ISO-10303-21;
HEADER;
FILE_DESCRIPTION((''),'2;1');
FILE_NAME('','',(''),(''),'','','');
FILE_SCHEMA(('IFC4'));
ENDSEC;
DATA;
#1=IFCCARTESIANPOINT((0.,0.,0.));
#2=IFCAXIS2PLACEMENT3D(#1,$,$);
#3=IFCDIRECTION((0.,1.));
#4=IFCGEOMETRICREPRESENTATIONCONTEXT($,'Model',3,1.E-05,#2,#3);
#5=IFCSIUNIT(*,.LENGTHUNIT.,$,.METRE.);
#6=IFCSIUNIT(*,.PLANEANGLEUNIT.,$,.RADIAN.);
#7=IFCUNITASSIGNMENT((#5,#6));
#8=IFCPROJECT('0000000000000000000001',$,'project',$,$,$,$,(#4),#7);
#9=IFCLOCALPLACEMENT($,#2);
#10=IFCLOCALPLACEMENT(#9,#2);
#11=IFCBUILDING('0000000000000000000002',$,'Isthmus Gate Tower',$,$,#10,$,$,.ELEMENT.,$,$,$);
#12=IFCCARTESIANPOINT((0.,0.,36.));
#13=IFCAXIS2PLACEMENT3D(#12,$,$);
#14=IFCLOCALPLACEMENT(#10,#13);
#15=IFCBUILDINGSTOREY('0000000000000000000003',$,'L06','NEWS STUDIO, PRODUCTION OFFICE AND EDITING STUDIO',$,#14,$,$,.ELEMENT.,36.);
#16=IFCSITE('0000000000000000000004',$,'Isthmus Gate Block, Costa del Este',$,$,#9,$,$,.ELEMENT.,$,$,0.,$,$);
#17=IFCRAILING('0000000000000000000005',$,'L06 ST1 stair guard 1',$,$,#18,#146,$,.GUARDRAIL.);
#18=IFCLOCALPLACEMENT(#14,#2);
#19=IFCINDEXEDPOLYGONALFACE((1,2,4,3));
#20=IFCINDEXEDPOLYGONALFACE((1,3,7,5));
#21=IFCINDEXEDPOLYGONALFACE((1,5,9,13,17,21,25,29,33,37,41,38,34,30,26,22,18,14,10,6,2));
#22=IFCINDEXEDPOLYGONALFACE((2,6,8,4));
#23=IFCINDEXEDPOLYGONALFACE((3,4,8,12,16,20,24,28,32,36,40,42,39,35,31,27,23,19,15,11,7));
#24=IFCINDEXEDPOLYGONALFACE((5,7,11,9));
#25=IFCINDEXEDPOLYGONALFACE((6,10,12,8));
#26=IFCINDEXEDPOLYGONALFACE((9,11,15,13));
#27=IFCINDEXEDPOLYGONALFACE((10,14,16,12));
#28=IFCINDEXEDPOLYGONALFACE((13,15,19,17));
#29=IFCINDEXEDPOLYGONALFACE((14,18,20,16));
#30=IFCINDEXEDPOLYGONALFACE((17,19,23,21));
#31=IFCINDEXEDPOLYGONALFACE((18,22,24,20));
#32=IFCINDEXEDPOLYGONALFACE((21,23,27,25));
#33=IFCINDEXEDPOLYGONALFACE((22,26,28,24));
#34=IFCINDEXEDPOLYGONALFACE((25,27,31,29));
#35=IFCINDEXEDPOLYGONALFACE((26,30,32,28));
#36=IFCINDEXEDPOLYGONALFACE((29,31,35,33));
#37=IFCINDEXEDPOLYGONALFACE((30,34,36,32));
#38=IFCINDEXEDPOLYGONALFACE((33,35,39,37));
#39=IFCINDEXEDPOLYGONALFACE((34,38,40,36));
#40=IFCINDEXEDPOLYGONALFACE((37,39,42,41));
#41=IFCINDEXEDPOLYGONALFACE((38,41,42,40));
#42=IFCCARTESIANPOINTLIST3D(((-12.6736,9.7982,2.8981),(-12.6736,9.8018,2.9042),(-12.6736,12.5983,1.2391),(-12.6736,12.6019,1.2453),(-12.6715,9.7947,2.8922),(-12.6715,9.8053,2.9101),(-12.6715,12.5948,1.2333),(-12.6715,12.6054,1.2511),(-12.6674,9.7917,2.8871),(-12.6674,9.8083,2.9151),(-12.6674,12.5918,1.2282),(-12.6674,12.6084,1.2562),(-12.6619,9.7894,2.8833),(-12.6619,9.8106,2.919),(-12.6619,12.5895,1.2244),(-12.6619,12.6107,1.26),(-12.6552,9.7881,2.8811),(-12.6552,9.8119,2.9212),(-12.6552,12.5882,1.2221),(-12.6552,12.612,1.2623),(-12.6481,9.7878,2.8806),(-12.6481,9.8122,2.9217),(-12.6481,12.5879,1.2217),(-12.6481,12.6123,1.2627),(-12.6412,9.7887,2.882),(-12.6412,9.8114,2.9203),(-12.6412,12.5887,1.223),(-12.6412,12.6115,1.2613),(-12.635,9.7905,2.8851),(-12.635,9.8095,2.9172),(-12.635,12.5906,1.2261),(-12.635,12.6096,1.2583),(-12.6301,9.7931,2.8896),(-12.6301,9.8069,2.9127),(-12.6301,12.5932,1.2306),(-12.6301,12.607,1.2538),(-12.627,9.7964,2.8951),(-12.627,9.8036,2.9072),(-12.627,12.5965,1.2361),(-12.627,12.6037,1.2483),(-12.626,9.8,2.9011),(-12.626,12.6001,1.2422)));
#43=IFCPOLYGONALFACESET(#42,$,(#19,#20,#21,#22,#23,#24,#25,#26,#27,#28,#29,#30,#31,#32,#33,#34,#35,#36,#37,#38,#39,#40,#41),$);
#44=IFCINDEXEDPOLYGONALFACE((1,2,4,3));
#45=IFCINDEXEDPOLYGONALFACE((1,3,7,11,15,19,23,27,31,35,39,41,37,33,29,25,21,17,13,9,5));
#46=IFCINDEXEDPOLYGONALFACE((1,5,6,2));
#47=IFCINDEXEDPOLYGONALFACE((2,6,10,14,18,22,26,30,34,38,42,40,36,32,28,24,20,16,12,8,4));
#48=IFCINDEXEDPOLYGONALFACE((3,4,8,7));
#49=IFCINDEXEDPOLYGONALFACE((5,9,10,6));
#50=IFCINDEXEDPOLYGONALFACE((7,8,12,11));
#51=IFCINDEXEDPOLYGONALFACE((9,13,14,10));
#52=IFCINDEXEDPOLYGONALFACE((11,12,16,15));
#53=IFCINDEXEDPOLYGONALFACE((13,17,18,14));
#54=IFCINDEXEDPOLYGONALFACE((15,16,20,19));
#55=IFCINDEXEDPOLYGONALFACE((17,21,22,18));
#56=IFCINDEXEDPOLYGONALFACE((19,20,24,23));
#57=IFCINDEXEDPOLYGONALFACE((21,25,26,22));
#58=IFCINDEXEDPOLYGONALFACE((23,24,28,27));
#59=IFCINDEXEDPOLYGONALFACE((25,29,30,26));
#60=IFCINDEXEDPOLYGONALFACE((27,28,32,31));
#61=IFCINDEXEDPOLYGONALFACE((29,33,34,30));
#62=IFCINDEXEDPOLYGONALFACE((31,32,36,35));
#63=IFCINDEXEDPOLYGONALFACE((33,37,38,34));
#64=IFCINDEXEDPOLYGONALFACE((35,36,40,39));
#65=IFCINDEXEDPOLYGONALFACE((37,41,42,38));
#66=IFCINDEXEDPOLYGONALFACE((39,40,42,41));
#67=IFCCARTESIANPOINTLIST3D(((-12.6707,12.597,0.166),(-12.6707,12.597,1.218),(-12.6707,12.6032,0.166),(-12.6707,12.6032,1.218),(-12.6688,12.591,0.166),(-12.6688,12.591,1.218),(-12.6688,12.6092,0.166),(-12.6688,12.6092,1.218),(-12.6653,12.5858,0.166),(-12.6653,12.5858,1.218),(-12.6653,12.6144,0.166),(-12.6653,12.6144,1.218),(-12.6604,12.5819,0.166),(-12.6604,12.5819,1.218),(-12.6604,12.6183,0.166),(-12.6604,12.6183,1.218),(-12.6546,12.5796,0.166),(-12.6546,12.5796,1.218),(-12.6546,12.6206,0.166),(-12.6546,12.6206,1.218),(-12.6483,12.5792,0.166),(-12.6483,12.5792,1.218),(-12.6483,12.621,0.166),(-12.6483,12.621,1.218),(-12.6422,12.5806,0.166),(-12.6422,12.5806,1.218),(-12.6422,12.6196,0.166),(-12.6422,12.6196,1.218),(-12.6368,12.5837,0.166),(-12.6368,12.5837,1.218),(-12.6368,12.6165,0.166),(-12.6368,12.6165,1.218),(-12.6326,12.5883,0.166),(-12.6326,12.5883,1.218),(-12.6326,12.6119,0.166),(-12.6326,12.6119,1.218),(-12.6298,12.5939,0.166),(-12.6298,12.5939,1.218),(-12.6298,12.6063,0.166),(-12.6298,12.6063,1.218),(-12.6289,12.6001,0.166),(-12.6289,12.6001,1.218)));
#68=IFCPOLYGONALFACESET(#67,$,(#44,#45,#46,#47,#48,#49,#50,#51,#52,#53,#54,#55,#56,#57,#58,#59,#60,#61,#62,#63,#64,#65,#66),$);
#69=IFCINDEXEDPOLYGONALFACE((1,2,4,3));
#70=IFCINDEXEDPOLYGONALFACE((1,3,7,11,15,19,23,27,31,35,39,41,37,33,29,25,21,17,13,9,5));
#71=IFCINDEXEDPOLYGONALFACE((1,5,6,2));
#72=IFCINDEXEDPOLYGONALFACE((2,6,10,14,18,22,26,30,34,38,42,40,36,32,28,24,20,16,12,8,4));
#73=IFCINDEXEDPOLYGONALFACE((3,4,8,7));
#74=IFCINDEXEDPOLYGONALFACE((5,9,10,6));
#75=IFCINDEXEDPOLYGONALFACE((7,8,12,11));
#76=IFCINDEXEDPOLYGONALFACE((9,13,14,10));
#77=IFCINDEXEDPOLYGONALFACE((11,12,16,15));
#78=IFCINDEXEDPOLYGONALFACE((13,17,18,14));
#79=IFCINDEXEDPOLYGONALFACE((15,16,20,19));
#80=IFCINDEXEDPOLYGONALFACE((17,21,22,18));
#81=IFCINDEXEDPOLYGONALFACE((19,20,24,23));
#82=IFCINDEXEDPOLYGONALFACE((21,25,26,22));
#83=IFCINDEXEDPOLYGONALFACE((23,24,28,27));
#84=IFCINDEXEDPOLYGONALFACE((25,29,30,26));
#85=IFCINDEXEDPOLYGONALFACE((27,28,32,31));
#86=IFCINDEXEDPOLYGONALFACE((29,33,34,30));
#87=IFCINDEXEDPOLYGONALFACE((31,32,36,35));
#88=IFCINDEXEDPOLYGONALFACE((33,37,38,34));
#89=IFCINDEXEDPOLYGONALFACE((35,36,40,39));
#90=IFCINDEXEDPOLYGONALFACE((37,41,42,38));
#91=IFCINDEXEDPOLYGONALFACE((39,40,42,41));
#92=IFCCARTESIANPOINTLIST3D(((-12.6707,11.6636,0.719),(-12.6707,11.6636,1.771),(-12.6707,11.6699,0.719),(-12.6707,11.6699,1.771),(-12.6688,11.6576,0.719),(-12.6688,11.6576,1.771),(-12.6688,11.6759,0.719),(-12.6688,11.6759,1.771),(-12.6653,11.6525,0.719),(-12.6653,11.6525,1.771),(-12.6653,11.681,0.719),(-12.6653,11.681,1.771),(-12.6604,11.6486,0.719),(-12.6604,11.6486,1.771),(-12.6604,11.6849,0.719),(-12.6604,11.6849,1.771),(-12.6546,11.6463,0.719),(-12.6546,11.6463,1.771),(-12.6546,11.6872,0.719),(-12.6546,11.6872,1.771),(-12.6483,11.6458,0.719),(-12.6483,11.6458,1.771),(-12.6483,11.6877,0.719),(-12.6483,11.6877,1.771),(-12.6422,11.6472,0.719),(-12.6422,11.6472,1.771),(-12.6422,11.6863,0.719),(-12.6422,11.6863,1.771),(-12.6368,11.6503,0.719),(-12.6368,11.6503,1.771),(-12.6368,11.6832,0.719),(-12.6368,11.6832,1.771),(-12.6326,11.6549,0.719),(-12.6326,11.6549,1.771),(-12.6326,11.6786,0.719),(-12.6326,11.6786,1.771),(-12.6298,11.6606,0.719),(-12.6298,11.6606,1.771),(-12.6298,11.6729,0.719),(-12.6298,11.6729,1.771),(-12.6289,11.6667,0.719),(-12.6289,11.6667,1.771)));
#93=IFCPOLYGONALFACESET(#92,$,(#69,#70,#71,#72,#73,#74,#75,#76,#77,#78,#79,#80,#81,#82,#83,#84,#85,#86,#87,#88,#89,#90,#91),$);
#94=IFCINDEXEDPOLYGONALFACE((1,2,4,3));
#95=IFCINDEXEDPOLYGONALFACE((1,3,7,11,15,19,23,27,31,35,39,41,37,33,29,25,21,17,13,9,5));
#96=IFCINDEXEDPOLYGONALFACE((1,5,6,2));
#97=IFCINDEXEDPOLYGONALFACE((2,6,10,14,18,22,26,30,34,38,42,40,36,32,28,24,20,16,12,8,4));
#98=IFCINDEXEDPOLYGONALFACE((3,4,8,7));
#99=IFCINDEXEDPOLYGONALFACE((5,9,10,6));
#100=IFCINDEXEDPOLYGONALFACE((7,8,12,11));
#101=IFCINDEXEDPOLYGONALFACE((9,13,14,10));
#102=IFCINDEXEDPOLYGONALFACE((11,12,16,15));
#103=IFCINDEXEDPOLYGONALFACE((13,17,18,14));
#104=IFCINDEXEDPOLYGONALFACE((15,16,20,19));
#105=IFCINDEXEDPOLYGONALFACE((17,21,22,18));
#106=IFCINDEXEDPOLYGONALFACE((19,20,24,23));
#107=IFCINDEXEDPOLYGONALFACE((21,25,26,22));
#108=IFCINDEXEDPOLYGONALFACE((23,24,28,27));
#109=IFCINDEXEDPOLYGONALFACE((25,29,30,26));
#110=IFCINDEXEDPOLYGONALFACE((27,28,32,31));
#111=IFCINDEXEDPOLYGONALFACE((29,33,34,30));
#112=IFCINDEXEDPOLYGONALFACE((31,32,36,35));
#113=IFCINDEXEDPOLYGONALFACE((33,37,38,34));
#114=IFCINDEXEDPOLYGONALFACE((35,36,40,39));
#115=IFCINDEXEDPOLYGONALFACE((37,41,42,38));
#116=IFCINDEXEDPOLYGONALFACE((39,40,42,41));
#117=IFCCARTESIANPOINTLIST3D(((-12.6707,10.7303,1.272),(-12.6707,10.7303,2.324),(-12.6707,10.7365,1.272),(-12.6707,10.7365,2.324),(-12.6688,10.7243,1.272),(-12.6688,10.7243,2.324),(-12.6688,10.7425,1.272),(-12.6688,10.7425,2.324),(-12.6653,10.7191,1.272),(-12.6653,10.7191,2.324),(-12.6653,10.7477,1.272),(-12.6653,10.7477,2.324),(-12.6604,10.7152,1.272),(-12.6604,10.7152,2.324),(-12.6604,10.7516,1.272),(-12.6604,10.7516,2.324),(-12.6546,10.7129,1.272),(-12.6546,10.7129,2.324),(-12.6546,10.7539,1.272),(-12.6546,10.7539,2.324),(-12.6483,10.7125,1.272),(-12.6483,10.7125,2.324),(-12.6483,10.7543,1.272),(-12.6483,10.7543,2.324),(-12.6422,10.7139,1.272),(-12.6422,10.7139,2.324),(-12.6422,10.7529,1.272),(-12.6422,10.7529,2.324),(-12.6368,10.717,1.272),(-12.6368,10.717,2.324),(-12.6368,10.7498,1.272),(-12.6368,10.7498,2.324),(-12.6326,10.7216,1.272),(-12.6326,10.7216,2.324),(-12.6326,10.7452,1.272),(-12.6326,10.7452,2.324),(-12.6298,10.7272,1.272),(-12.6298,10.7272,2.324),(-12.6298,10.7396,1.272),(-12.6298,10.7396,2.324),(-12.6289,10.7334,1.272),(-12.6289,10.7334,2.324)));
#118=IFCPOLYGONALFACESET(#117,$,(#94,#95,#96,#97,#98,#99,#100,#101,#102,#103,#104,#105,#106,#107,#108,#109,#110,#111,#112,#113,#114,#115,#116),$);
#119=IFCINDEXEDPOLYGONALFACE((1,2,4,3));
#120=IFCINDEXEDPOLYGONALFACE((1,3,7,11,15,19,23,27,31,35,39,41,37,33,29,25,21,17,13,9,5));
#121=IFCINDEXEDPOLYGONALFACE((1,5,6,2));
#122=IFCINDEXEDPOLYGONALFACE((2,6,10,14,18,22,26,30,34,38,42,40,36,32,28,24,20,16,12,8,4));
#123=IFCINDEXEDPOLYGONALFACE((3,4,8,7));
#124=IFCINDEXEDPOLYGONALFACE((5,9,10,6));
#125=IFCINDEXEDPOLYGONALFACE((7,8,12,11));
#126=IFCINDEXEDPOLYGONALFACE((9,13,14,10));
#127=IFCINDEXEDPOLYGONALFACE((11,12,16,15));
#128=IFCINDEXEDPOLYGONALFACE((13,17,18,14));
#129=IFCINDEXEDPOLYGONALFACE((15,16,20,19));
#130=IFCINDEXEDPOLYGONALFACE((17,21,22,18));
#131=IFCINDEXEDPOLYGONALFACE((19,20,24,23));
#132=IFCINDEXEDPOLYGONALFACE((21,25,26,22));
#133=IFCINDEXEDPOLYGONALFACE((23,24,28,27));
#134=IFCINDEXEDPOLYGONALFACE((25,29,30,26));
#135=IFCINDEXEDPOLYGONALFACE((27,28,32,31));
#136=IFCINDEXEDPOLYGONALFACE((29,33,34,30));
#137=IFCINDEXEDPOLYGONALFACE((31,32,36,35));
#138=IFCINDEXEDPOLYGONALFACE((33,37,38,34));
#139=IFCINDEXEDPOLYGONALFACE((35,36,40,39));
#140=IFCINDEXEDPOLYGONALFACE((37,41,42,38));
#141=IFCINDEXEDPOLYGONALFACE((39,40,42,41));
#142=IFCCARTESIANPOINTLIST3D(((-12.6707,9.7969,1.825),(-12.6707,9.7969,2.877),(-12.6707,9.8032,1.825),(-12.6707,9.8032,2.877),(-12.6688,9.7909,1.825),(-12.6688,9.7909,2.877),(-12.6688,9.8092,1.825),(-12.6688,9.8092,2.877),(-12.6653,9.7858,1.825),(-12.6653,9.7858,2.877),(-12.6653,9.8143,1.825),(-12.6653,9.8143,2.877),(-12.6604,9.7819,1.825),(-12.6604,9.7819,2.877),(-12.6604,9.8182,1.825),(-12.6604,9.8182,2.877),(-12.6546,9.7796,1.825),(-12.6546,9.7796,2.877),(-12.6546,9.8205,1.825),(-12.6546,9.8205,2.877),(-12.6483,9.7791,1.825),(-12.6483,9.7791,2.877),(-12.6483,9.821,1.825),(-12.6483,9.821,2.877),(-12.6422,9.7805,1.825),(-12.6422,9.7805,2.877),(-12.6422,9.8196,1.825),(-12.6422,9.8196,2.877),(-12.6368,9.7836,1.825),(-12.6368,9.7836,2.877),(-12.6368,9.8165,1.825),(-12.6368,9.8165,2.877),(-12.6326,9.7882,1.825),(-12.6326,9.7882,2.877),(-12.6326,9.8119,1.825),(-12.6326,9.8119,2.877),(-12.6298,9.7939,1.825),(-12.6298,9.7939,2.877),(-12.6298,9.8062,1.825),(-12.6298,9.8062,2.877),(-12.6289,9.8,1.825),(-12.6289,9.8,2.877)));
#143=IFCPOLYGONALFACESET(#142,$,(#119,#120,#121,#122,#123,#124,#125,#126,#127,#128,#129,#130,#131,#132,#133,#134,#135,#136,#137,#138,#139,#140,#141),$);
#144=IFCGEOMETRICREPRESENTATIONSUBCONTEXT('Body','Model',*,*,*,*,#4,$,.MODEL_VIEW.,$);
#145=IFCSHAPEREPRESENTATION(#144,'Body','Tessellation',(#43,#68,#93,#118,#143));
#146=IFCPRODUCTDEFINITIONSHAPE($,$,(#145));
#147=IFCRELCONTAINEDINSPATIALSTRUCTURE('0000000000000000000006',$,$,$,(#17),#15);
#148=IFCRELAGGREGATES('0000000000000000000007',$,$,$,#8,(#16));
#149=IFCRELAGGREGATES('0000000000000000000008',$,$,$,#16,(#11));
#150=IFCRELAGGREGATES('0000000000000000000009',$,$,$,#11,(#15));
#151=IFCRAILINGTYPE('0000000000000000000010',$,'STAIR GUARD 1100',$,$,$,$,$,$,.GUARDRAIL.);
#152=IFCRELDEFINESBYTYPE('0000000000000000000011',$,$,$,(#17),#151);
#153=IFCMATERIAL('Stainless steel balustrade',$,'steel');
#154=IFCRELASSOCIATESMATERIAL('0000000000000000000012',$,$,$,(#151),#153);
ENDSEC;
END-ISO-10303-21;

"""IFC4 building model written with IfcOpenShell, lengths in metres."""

from ifc_helpers import new_model, si_unit, direction, frame, origin, origin_2d, place, context, subcontext, project, spatial, circle, extrude, material, type_object, element, save


model = new_model("IFC4")

# Units and contexts
model_context = context("Model", 3, precision=1e-05, world=origin(), true_north=direction((0.0, 1.0)))
body_context = subcontext(model_context, "Body", "Model", "MODEL_VIEW")
ifc_project = project(units=[si_unit("LENGTHUNIT", "METRE"), si_unit("PLANEANGLEUNIT", "RADIAN")], contexts=[model_context])

# Site, building, storey
site_placement = place(None, origin())
site = spatial("IfcSite", under=ifc_project, at=site_placement, Name="Isthmus Gate Block, Costa del Este", CompositionType="ELEMENT", RefElevation=0.0)
building_placement = place(site_placement, origin())
building = spatial("IfcBuilding", under=site, at=building_placement, Name="Isthmus Gate Tower", CompositionType="ELEMENT")
storey_placement = place(building_placement, frame((0.0, 0.0, 36.0)))
storey = spatial("IfcBuildingStorey", under=building, at=storey_placement, Name="L06", Description="NEWS STUDIO, PRODUCTION OFFICE AND EDITING STUDIO", CompositionType="ELEMENT", Elevation=36.0)

# Railing
ifc_material_1 = material(Name="Stainless steel balustrade", Category="steel")
railing_type_1 = type_object("IfcRailingType", Name="STAIR GUARD 1100", PredefinedType="GUARDRAIL", material=ifc_material_1)
railing_1_placement = place(storey_placement, frame((-12.6499, 12.6001, 0.166)))
element("IfcRailing", 1, at=railing_1_placement, inside=storey, type_object=railing_type_1, Name="L06 ST1 stair guard 1", PredefinedType="GUARDRAIL", context=body_context, shape_type="SweptSolid", body=[
    extrude(circle(Radius=0.0239, at=origin_2d()), frame((0.0, 0.0, 1.0762), z_axis=(0.0, -0.860339, 0.509722), x_axis=(1.0, 0.0, 0.0)), (0.0, 0.0, 1.0), 3.2546),
    extrude(circle(Radius=0.021, at=origin_2d()), origin(), (0.0, 0.0, 1.0), 1.052),
    extrude(circle(Radius=0.021, at=origin_2d()), frame((0.0, -0.9333, 0.553)), (0.0, 0.0, 1.0), 1.052),
    extrude(circle(Radius=0.021, at=origin_2d()), frame((0.0, -1.8667, 1.106)), (0.0, 0.0, 1.0), 1.052),
    extrude(circle(Radius=0.021, at=origin_2d()), frame((0.0, -2.8, 1.6589)), (0.0, 0.0, 1.0), 1.052),
])

save(model, "model.ifc")
